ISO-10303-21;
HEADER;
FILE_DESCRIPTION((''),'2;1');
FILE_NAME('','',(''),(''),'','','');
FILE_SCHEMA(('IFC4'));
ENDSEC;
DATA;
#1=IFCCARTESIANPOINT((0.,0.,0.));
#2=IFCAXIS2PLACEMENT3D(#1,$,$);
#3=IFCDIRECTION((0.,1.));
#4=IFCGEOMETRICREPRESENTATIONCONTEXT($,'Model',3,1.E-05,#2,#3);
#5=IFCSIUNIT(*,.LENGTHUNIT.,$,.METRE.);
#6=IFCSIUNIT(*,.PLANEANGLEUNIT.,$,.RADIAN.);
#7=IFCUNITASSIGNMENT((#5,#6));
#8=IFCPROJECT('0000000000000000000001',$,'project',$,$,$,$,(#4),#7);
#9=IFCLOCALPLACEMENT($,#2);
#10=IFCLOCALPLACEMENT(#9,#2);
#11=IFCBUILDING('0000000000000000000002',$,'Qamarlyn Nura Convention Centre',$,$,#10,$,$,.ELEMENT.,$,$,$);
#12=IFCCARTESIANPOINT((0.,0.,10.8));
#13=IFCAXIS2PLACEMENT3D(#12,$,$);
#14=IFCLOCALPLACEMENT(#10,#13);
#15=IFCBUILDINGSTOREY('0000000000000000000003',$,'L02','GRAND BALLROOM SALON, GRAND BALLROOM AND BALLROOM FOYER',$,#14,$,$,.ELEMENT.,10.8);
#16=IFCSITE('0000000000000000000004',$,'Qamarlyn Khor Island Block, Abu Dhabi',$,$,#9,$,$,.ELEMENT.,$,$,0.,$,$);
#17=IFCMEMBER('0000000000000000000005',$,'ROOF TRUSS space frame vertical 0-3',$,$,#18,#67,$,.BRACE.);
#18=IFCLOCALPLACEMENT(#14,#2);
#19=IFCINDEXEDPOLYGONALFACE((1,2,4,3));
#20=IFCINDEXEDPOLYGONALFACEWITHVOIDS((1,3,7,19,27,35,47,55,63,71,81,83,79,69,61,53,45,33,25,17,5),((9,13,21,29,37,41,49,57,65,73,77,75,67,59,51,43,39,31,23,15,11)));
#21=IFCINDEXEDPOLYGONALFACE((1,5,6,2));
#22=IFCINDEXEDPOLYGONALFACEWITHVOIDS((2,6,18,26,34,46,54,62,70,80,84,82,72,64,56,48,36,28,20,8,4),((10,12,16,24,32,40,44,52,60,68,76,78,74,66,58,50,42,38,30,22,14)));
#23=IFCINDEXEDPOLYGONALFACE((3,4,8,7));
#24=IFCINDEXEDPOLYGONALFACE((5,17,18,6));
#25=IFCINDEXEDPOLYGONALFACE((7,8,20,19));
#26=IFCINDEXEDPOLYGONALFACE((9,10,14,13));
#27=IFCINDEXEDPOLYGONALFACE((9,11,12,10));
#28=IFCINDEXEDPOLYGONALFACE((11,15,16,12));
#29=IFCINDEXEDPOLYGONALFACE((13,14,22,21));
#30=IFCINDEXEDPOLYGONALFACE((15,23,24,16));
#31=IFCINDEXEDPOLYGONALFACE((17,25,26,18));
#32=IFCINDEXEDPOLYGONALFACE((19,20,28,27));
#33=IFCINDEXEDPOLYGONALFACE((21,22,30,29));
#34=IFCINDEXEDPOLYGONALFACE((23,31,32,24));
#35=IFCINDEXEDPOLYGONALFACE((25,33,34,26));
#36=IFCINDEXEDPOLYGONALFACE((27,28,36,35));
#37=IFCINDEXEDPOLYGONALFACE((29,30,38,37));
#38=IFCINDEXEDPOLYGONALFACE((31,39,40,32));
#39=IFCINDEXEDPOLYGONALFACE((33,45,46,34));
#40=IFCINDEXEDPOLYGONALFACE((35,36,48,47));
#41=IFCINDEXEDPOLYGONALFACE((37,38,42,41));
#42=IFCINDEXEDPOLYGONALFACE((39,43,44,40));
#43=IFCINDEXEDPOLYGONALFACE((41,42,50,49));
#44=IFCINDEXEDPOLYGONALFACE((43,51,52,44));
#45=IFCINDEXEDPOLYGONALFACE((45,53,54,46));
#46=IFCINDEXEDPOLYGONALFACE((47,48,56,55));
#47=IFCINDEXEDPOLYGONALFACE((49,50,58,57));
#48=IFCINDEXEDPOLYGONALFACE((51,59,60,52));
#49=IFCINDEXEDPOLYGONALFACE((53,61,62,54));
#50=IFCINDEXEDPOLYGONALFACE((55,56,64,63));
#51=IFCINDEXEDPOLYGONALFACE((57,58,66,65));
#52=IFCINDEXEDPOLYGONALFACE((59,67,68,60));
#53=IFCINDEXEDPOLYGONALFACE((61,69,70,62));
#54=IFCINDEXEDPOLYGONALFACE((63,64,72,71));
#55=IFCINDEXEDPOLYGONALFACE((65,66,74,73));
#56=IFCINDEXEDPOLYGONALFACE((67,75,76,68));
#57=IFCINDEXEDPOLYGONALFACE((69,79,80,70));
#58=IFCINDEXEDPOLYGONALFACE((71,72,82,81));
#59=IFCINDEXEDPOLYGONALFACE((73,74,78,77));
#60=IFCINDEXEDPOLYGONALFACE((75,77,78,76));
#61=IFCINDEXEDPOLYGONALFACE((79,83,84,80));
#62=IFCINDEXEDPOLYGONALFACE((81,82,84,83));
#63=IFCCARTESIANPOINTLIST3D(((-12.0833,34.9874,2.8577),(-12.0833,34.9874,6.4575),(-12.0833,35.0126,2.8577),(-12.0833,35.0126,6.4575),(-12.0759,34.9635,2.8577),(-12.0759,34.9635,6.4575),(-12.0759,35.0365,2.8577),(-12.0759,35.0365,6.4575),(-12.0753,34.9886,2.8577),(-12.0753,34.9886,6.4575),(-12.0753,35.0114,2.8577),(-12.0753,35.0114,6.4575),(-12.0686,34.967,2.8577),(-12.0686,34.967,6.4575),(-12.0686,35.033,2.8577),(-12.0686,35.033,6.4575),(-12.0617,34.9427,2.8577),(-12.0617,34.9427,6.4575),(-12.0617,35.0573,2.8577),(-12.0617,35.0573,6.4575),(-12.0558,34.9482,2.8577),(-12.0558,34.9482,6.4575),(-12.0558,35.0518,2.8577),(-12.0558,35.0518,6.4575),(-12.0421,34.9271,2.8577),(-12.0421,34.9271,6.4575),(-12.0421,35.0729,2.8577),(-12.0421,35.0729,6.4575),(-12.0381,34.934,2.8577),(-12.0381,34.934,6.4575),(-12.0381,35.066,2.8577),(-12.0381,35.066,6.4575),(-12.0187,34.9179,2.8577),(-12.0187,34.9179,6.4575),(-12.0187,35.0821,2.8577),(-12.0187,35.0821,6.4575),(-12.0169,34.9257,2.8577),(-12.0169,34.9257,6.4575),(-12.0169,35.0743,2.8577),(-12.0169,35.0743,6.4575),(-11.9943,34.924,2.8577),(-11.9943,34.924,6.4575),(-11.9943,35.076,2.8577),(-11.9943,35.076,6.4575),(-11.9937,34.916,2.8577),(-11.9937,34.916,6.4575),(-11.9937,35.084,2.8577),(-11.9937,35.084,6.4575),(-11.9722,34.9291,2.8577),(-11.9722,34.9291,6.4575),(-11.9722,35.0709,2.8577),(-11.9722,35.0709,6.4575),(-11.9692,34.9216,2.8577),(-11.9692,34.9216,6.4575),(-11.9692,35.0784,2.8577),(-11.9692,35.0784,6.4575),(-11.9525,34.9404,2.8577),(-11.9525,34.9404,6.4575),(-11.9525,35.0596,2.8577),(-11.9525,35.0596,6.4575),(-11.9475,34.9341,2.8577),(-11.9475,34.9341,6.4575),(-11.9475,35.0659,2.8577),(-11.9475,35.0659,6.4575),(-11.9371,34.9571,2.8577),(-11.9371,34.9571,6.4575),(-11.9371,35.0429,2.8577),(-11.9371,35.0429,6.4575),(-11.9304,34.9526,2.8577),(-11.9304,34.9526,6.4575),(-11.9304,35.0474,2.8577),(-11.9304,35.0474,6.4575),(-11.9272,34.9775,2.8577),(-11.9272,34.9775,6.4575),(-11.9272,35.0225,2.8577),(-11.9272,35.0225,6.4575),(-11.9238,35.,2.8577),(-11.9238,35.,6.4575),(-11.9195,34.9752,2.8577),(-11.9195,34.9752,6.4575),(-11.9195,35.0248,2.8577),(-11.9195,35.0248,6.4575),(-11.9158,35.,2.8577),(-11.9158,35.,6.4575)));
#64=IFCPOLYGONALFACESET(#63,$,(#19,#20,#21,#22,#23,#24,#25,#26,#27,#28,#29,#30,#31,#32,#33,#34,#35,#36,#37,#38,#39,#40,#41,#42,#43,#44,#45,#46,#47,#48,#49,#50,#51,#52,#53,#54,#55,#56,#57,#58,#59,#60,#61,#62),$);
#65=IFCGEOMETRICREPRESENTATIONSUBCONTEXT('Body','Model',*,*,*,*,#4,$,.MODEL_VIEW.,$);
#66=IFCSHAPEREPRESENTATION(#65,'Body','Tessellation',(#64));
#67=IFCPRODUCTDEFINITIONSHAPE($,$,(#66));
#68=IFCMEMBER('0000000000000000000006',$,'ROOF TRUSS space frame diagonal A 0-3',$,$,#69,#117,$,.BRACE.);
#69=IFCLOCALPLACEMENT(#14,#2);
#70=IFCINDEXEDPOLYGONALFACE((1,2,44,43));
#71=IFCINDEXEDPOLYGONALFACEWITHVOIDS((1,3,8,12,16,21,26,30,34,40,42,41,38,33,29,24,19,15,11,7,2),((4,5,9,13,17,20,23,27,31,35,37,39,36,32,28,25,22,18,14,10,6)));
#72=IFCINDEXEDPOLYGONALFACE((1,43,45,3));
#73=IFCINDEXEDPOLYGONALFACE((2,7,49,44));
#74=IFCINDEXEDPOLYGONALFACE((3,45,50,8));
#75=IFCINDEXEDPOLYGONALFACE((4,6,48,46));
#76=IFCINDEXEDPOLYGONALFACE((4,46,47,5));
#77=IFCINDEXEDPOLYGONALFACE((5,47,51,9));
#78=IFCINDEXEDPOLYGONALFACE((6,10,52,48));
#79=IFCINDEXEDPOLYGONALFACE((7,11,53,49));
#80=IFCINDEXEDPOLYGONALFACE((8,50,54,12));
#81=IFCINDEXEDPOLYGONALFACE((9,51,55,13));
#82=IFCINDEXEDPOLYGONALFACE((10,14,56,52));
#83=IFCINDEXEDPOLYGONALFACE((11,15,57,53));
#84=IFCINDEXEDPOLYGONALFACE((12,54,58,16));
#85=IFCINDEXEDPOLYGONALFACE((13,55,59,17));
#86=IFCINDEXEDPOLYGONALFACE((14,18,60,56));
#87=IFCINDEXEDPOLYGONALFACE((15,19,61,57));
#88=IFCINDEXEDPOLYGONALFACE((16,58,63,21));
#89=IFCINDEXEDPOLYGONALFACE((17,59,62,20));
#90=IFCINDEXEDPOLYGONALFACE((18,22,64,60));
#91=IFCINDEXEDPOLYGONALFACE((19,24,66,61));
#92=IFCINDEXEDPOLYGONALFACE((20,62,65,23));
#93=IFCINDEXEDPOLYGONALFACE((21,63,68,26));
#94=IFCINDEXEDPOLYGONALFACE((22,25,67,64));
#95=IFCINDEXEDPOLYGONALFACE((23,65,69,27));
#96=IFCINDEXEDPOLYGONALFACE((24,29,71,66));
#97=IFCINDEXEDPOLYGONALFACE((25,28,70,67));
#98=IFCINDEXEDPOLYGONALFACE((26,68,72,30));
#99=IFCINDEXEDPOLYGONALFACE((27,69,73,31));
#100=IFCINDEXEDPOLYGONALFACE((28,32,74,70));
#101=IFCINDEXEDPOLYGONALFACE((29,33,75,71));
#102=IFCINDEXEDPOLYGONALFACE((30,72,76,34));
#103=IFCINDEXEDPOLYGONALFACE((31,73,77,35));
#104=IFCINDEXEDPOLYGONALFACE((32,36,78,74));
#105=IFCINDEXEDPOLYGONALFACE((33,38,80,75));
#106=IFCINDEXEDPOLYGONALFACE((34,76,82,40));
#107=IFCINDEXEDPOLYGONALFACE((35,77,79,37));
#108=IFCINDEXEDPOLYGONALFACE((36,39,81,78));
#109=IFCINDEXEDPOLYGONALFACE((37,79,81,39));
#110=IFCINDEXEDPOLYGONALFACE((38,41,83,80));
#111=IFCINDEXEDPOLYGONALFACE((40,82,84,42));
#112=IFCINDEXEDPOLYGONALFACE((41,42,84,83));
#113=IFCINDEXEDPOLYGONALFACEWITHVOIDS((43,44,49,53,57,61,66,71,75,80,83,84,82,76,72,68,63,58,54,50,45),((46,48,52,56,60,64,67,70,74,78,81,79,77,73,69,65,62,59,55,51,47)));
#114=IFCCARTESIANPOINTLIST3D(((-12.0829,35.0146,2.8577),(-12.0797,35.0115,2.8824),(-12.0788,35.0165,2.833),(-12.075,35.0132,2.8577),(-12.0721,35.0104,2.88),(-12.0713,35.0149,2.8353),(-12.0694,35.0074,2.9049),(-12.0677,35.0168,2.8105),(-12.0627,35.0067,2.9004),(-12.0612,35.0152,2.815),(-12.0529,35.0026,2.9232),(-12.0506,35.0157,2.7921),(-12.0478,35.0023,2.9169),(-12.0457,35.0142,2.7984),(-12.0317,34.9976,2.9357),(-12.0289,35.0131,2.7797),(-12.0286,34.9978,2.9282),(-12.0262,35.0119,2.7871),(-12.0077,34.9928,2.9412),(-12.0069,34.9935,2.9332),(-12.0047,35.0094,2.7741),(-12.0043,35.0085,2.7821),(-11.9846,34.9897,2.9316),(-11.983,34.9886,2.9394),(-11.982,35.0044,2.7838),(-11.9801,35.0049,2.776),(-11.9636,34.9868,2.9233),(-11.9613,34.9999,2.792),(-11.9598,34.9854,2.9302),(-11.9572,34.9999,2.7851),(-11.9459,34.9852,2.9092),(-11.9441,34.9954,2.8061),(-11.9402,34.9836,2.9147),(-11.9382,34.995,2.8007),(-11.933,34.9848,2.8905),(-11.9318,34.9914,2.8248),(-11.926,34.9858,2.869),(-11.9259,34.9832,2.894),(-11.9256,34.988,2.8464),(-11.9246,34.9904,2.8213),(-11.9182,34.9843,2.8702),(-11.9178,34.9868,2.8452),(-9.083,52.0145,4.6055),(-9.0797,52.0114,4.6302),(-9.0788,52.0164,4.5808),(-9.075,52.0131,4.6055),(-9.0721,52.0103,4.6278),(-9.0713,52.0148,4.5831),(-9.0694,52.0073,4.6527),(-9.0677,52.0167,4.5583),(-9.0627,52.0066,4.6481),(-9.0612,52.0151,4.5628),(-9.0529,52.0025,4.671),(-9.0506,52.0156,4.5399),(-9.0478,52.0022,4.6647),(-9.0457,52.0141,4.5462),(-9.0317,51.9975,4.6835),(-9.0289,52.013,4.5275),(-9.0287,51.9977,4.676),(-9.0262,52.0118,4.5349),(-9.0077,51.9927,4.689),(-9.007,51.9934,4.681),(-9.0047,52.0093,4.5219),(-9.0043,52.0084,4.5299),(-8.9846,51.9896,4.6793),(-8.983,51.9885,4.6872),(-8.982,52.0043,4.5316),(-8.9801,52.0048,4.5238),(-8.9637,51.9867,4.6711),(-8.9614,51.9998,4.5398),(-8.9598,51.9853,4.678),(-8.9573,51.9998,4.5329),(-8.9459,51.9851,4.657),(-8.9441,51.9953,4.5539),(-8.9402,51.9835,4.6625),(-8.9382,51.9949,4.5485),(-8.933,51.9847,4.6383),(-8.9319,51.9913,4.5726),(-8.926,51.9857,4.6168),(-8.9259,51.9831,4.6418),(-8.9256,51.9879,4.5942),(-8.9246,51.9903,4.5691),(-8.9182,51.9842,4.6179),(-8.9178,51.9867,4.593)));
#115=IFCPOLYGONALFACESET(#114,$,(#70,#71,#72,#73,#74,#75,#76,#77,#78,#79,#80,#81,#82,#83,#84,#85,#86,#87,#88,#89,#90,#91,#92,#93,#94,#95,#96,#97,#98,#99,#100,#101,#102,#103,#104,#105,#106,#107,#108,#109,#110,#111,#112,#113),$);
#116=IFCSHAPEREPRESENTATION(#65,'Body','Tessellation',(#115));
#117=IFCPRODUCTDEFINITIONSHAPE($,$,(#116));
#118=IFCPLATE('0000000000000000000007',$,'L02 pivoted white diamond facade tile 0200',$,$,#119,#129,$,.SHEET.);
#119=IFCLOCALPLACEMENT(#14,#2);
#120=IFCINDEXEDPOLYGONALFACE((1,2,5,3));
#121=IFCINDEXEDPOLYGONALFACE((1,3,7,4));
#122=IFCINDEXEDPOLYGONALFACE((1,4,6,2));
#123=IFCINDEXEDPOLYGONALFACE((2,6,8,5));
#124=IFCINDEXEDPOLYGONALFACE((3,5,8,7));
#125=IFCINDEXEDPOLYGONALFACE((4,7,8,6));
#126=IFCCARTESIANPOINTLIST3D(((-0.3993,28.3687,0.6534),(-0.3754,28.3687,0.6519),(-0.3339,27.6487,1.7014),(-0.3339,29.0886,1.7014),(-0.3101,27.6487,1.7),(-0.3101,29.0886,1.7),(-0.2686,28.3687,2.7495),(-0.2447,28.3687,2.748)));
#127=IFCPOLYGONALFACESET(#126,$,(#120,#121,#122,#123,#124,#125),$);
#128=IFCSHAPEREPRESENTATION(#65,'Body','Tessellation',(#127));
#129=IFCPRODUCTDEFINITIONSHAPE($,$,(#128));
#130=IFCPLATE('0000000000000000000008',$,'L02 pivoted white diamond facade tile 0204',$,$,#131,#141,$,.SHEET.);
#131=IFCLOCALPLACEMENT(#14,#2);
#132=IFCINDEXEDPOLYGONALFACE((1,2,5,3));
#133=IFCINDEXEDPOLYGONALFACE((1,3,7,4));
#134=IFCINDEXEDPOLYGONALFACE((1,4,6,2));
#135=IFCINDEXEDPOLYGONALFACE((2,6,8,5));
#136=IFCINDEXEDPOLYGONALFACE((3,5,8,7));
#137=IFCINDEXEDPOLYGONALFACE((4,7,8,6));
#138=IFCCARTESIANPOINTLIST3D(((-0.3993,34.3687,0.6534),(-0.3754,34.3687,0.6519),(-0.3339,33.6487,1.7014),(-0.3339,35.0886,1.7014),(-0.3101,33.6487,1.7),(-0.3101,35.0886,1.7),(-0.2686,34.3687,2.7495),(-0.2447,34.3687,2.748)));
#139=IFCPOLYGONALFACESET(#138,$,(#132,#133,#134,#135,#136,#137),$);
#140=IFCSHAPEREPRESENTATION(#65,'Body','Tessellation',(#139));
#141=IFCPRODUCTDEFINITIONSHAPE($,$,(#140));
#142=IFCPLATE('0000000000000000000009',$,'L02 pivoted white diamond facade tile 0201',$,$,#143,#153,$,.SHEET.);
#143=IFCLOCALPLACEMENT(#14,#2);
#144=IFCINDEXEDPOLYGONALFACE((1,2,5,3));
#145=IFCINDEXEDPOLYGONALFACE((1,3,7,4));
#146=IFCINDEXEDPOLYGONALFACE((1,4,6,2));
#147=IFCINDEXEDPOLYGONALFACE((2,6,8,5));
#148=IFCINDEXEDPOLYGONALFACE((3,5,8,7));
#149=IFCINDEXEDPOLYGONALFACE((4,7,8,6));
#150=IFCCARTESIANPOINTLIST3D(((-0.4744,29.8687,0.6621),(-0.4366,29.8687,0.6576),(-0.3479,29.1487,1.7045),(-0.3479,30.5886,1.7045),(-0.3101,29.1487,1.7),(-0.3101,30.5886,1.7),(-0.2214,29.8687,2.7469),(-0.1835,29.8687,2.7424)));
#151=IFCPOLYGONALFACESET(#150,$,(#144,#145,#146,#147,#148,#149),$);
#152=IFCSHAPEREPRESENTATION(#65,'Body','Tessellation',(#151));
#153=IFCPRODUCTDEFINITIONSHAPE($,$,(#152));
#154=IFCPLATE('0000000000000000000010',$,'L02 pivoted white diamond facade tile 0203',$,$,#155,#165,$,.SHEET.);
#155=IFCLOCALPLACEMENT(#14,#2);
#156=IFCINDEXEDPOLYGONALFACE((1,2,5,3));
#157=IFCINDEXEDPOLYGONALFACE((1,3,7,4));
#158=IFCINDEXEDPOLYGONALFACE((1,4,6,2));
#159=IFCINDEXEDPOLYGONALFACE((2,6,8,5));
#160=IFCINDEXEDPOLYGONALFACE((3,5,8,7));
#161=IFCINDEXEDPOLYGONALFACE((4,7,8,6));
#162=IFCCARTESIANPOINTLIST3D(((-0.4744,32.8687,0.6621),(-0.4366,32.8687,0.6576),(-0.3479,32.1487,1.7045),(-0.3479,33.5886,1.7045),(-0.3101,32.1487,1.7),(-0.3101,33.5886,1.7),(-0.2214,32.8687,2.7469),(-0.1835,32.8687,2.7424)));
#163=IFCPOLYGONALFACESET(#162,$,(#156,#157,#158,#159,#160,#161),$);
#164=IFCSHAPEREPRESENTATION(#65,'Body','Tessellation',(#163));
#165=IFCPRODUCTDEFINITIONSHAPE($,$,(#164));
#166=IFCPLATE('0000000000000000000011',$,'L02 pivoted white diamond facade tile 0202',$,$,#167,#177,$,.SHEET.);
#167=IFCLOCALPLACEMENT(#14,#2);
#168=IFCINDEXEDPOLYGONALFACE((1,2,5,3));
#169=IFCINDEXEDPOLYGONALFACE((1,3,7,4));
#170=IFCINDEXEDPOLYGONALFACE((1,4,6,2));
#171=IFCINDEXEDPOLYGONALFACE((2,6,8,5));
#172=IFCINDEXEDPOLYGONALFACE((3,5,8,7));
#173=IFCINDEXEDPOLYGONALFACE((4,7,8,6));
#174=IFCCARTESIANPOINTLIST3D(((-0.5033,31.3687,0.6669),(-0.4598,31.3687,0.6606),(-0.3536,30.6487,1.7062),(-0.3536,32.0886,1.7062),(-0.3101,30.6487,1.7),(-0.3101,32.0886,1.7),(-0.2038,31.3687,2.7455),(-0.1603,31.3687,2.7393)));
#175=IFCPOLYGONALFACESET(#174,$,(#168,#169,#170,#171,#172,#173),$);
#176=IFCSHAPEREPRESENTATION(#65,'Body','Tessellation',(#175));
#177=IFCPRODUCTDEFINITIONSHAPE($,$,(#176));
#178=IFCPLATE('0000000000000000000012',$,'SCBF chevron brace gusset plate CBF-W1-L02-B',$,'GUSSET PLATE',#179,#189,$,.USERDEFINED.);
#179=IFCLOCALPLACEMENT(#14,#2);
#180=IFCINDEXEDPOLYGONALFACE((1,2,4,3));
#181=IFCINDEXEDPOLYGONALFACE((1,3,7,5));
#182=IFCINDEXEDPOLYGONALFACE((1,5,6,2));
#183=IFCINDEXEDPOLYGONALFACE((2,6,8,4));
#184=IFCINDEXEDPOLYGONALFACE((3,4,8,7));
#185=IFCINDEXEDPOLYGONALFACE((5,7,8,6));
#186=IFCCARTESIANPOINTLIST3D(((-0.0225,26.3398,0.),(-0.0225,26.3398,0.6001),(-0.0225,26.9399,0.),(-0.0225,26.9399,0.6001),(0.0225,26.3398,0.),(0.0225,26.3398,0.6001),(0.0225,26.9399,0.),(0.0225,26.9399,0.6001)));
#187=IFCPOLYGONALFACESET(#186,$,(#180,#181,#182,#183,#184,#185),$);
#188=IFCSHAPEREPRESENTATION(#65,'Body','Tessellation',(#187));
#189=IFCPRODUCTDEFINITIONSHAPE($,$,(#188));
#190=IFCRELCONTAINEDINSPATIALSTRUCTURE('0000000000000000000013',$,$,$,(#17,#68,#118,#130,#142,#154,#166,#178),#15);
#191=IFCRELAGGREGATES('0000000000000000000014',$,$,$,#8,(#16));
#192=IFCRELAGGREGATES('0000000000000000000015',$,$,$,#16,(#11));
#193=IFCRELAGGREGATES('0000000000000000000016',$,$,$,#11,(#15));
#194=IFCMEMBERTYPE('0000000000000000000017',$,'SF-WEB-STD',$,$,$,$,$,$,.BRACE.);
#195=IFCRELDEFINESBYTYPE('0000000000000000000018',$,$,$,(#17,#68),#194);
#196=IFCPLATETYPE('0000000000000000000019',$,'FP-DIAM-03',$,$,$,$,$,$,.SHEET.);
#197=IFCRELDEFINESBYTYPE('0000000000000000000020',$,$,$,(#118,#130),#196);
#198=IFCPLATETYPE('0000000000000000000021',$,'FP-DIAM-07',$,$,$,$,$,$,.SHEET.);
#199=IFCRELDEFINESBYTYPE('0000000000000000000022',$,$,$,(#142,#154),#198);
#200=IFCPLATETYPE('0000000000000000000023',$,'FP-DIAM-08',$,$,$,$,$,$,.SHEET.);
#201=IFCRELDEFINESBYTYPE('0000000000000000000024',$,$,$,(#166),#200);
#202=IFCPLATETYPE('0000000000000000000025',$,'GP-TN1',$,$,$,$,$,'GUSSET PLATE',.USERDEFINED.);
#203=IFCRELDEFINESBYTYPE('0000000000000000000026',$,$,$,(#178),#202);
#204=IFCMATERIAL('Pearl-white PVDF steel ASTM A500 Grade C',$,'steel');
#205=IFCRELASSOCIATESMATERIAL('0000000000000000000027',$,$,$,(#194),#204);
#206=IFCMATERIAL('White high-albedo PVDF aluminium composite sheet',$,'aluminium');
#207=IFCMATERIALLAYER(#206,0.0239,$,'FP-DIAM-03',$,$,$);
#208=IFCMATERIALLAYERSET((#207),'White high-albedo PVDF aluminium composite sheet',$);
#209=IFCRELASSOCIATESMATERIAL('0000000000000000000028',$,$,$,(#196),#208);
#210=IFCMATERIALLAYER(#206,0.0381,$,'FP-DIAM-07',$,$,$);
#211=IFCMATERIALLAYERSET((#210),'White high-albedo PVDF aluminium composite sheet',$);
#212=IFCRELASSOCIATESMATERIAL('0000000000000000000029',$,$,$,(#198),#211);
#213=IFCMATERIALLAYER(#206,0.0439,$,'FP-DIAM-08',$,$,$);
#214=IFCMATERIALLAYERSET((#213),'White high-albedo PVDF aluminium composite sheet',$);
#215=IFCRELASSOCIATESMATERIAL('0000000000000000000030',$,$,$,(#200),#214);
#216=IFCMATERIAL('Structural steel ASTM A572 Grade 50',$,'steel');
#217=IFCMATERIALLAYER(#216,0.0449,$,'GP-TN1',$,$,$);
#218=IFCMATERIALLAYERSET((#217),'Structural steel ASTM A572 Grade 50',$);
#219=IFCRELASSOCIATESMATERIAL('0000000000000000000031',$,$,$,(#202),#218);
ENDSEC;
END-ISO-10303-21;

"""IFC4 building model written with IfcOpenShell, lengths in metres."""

from ifc_helpers import new_model, si_unit, direction, frame, origin, origin_2d, place, context, subcontext, project, spatial, polyline, rectangle, hollow_circle, outline, extrude, material, layer, layer_set, material_profile, profile_set, type_object, element, save


model = new_model("IFC4")

# Units and contexts
model_context = context("Model", 3, precision=1e-05, world=origin(), true_north=direction((0.0, 1.0)))
body_context = subcontext(model_context, "Body", "Model", "MODEL_VIEW")
ifc_project = project(units=[si_unit("LENGTHUNIT", "METRE"), si_unit("PLANEANGLEUNIT", "RADIAN")], contexts=[model_context])

# Site, building, storey
site_placement = place(None, origin())
site = spatial("IfcSite", under=ifc_project, at=site_placement, Name="Qamarlyn Khor Island Block, Abu Dhabi", CompositionType="ELEMENT", RefElevation=0.0)
building_placement = place(site_placement, origin())
building = spatial("IfcBuilding", under=site, at=building_placement, Name="Qamarlyn Nura Convention Centre", CompositionType="ELEMENT")
storey_placement = place(building_placement, frame((0.0, 0.0, 10.8)))
storey = spatial("IfcBuildingStorey", under=building, at=storey_placement, Name="L02", Description="GRAND BALLROOM SALON, GRAND BALLROOM AND BALLROOM FOYER", CompositionType="ELEMENT", Elevation=10.8)

# Members
ifc_material_1 = material(Name="Pearl-white PVDF steel ASTM A500 Grade C", Category="steel")
ifc_material_profile_1 = material_profile(ifc_material_1, hollow_circle(Radius=0.0842, WallThickness=0.0081, at=origin_2d()), Name="CHS168.3X8")
ifc_profile_set_1 = profile_set([ifc_material_profile_1], Name="Pearl-white PVDF steel ASTM A500 Grade C")
member_type_1 = type_object("IfcMemberType", Name="SF-WEB-STD", PredefinedType="BRACE", material=ifc_profile_set_1)
member_1_placement = place(storey_placement, frame((-12.0, 35.0, 2.8577), z_axis=(0.0, 0.0, 1.0), x_axis=(1.0, 0.0, 0.0)))
element("IfcMember", 1, at=member_1_placement, inside=storey, type_object=member_type_1, Name="ROOF TRUSS space frame vertical 0-3", PredefinedType="BRACE", context=body_context, shape_type="SweptSolid", body=[
    extrude(hollow_circle(Radius=0.0842, WallThickness=0.0081, at=origin_2d()), origin(), (0.0, 0.0, 1.0), 3.5999),
])
member_2_placement = place(storey_placement, frame((-12.0, 35.0, 2.8577), z_axis=(0.172901, 0.979775, 0.100733), x_axis=(-0.984784, 0.173785, 0.0)))
element("IfcMember", 2, at=member_2_placement, inside=storey, type_object=member_type_1, Name="ROOF TRUSS space frame diagonal A 0-3", PredefinedType="BRACE", context=body_context, shape_type="SweptSolid", body=[
    extrude(hollow_circle(Radius=0.0842, WallThickness=0.0081, at=origin_2d()), origin(), (0.0, 0.0, 1.0), 17.3508),
])

# Plates
ifc_material_2 = material(Name="White high-albedo PVDF aluminium composite sheet", Category="aluminium")
ifc_layer_1 = layer(ifc_material_2, 0.0239, Name="FP-DIAM-03")
ifc_layer_set_1 = layer_set([ifc_layer_1], Name="White high-albedo PVDF aluminium composite sheet")
plate_type_1 = type_object("IfcPlateType", Name="FP-DIAM-03", PredefinedType="SHEET", material=ifc_layer_set_1)
for number, where, z_axis, x_axis, name in (
    (3, (-0.3101, 28.3687, 1.7), (-0.998059, 0.0, 0.062268), (0.0, -1.0, 0.0), "L02 pivoted white diamond facade tile 0200"),
    (4, (-0.3101, 34.3687, 1.7), (-0.998059, 0.0, 0.062268), (0.0, -1.0, 0.0), "L02 pivoted white diamond facade tile 0204"),
):
    element("IfcPlate", number, at=place(storey_placement, frame(where, z_axis=z_axis, x_axis=x_axis)), inside=storey, type_object=plate_type_1, Name=name, PredefinedType="SHEET", context=body_context, shape_type="SweptSolid", body=[
        extrude(outline(polyline([(-0.72, 0.0), (0.0, -1.05), (0.72, 0.0), (0.0, 1.05), (-0.72, 0.0)])), origin(), (0.0, 0.0, 1.0), 0.0239),
    ])
ifc_layer_2 = layer(ifc_material_2, 0.0381, Name="FP-DIAM-07")
ifc_layer_set_2 = layer_set([ifc_layer_2], Name="White high-albedo PVDF aluminium composite sheet")
plate_type_2 = type_object("IfcPlateType", Name="FP-DIAM-07", PredefinedType="SHEET", material=ifc_layer_set_2)
for number, where, z_axis, x_axis, name in (
    (5, (-0.3101, 29.8687, 1.7), (-0.992715, 0.0, 0.120483), (0.0, -1.0, 0.0), "L02 pivoted white diamond facade tile 0201"),
    (6, (-0.3101, 32.8687, 1.7), (-0.992715, 0.0, 0.120483), (0.0, -1.0, 0.0), "L02 pivoted white diamond facade tile 0203"),
):
    element("IfcPlate", number, at=place(storey_placement, frame(where, z_axis=z_axis, x_axis=x_axis)), inside=storey, type_object=plate_type_2, Name=name, PredefinedType="SHEET", context=body_context, shape_type="SweptSolid", body=[
        extrude(outline(polyline([(-0.72, 0.0), (0.0, -1.05), (0.72, 0.0), (0.0, 1.05), (-0.72, 0.0)])), origin(), (0.0, 0.0, 1.0), 0.0381),
    ])
ifc_layer_3 = layer(ifc_material_2, 0.0439, Name="FP-DIAM-08")
ifc_layer_set_3 = layer_set([ifc_layer_3], Name="White high-albedo PVDF aluminium composite sheet")
plate_type_3 = type_object("IfcPlateType", Name="FP-DIAM-08", PredefinedType="SHEET", material=ifc_layer_set_3)
plate_1_placement = place(storey_placement, frame((-0.3101, 31.3687, 1.7), z_axis=(-0.989776, 0.0, 0.142629), x_axis=(0.0, -1.0, 0.0)))
element("IfcPlate", 7, at=plate_1_placement, inside=storey, type_object=plate_type_3, Name="L02 pivoted white diamond facade tile 0202", PredefinedType="SHEET", context=body_context, shape_type="SweptSolid", body=[
    extrude(outline(polyline([(-0.72, 0.0), (0.0, -1.05), (0.72, 0.0), (0.0, 1.05), (-0.72, 0.0)])), origin(), (0.0, 0.0, 1.0), 0.0439),
])
ifc_material_3 = material(Name="Structural steel ASTM A572 Grade 50", Category="steel")
ifc_layer_4 = layer(ifc_material_3, 0.0449, Name="GP-TN1")
ifc_layer_set_4 = layer_set([ifc_layer_4], Name="Structural steel ASTM A572 Grade 50")
plate_type_4 = type_object("IfcPlateType", Name="GP-TN1", ElementType="GUSSET PLATE", PredefinedType="USERDEFINED", material=ifc_layer_set_4)
plate_2_placement = place(storey_placement, frame((0.0, 26.6399, 0.0), z_axis=(0.0, 0.0, 1.0), x_axis=(0.0, 1.0, 0.0)))
element("IfcPlate", 8, at=plate_2_placement, inside=storey, type_object=plate_type_4, Name="SCBF chevron brace gusset plate CBF-W1-L02-B", ObjectType="GUSSET PLATE", PredefinedType="USERDEFINED", context=body_context, shape_type="SweptSolid", body=[
    extrude(rectangle(XDim=0.6001, YDim=0.0449, at=origin_2d()), origin(), (0.0, 0.0, 1.0), 0.6001),
])

save(model, "model.ifc")
